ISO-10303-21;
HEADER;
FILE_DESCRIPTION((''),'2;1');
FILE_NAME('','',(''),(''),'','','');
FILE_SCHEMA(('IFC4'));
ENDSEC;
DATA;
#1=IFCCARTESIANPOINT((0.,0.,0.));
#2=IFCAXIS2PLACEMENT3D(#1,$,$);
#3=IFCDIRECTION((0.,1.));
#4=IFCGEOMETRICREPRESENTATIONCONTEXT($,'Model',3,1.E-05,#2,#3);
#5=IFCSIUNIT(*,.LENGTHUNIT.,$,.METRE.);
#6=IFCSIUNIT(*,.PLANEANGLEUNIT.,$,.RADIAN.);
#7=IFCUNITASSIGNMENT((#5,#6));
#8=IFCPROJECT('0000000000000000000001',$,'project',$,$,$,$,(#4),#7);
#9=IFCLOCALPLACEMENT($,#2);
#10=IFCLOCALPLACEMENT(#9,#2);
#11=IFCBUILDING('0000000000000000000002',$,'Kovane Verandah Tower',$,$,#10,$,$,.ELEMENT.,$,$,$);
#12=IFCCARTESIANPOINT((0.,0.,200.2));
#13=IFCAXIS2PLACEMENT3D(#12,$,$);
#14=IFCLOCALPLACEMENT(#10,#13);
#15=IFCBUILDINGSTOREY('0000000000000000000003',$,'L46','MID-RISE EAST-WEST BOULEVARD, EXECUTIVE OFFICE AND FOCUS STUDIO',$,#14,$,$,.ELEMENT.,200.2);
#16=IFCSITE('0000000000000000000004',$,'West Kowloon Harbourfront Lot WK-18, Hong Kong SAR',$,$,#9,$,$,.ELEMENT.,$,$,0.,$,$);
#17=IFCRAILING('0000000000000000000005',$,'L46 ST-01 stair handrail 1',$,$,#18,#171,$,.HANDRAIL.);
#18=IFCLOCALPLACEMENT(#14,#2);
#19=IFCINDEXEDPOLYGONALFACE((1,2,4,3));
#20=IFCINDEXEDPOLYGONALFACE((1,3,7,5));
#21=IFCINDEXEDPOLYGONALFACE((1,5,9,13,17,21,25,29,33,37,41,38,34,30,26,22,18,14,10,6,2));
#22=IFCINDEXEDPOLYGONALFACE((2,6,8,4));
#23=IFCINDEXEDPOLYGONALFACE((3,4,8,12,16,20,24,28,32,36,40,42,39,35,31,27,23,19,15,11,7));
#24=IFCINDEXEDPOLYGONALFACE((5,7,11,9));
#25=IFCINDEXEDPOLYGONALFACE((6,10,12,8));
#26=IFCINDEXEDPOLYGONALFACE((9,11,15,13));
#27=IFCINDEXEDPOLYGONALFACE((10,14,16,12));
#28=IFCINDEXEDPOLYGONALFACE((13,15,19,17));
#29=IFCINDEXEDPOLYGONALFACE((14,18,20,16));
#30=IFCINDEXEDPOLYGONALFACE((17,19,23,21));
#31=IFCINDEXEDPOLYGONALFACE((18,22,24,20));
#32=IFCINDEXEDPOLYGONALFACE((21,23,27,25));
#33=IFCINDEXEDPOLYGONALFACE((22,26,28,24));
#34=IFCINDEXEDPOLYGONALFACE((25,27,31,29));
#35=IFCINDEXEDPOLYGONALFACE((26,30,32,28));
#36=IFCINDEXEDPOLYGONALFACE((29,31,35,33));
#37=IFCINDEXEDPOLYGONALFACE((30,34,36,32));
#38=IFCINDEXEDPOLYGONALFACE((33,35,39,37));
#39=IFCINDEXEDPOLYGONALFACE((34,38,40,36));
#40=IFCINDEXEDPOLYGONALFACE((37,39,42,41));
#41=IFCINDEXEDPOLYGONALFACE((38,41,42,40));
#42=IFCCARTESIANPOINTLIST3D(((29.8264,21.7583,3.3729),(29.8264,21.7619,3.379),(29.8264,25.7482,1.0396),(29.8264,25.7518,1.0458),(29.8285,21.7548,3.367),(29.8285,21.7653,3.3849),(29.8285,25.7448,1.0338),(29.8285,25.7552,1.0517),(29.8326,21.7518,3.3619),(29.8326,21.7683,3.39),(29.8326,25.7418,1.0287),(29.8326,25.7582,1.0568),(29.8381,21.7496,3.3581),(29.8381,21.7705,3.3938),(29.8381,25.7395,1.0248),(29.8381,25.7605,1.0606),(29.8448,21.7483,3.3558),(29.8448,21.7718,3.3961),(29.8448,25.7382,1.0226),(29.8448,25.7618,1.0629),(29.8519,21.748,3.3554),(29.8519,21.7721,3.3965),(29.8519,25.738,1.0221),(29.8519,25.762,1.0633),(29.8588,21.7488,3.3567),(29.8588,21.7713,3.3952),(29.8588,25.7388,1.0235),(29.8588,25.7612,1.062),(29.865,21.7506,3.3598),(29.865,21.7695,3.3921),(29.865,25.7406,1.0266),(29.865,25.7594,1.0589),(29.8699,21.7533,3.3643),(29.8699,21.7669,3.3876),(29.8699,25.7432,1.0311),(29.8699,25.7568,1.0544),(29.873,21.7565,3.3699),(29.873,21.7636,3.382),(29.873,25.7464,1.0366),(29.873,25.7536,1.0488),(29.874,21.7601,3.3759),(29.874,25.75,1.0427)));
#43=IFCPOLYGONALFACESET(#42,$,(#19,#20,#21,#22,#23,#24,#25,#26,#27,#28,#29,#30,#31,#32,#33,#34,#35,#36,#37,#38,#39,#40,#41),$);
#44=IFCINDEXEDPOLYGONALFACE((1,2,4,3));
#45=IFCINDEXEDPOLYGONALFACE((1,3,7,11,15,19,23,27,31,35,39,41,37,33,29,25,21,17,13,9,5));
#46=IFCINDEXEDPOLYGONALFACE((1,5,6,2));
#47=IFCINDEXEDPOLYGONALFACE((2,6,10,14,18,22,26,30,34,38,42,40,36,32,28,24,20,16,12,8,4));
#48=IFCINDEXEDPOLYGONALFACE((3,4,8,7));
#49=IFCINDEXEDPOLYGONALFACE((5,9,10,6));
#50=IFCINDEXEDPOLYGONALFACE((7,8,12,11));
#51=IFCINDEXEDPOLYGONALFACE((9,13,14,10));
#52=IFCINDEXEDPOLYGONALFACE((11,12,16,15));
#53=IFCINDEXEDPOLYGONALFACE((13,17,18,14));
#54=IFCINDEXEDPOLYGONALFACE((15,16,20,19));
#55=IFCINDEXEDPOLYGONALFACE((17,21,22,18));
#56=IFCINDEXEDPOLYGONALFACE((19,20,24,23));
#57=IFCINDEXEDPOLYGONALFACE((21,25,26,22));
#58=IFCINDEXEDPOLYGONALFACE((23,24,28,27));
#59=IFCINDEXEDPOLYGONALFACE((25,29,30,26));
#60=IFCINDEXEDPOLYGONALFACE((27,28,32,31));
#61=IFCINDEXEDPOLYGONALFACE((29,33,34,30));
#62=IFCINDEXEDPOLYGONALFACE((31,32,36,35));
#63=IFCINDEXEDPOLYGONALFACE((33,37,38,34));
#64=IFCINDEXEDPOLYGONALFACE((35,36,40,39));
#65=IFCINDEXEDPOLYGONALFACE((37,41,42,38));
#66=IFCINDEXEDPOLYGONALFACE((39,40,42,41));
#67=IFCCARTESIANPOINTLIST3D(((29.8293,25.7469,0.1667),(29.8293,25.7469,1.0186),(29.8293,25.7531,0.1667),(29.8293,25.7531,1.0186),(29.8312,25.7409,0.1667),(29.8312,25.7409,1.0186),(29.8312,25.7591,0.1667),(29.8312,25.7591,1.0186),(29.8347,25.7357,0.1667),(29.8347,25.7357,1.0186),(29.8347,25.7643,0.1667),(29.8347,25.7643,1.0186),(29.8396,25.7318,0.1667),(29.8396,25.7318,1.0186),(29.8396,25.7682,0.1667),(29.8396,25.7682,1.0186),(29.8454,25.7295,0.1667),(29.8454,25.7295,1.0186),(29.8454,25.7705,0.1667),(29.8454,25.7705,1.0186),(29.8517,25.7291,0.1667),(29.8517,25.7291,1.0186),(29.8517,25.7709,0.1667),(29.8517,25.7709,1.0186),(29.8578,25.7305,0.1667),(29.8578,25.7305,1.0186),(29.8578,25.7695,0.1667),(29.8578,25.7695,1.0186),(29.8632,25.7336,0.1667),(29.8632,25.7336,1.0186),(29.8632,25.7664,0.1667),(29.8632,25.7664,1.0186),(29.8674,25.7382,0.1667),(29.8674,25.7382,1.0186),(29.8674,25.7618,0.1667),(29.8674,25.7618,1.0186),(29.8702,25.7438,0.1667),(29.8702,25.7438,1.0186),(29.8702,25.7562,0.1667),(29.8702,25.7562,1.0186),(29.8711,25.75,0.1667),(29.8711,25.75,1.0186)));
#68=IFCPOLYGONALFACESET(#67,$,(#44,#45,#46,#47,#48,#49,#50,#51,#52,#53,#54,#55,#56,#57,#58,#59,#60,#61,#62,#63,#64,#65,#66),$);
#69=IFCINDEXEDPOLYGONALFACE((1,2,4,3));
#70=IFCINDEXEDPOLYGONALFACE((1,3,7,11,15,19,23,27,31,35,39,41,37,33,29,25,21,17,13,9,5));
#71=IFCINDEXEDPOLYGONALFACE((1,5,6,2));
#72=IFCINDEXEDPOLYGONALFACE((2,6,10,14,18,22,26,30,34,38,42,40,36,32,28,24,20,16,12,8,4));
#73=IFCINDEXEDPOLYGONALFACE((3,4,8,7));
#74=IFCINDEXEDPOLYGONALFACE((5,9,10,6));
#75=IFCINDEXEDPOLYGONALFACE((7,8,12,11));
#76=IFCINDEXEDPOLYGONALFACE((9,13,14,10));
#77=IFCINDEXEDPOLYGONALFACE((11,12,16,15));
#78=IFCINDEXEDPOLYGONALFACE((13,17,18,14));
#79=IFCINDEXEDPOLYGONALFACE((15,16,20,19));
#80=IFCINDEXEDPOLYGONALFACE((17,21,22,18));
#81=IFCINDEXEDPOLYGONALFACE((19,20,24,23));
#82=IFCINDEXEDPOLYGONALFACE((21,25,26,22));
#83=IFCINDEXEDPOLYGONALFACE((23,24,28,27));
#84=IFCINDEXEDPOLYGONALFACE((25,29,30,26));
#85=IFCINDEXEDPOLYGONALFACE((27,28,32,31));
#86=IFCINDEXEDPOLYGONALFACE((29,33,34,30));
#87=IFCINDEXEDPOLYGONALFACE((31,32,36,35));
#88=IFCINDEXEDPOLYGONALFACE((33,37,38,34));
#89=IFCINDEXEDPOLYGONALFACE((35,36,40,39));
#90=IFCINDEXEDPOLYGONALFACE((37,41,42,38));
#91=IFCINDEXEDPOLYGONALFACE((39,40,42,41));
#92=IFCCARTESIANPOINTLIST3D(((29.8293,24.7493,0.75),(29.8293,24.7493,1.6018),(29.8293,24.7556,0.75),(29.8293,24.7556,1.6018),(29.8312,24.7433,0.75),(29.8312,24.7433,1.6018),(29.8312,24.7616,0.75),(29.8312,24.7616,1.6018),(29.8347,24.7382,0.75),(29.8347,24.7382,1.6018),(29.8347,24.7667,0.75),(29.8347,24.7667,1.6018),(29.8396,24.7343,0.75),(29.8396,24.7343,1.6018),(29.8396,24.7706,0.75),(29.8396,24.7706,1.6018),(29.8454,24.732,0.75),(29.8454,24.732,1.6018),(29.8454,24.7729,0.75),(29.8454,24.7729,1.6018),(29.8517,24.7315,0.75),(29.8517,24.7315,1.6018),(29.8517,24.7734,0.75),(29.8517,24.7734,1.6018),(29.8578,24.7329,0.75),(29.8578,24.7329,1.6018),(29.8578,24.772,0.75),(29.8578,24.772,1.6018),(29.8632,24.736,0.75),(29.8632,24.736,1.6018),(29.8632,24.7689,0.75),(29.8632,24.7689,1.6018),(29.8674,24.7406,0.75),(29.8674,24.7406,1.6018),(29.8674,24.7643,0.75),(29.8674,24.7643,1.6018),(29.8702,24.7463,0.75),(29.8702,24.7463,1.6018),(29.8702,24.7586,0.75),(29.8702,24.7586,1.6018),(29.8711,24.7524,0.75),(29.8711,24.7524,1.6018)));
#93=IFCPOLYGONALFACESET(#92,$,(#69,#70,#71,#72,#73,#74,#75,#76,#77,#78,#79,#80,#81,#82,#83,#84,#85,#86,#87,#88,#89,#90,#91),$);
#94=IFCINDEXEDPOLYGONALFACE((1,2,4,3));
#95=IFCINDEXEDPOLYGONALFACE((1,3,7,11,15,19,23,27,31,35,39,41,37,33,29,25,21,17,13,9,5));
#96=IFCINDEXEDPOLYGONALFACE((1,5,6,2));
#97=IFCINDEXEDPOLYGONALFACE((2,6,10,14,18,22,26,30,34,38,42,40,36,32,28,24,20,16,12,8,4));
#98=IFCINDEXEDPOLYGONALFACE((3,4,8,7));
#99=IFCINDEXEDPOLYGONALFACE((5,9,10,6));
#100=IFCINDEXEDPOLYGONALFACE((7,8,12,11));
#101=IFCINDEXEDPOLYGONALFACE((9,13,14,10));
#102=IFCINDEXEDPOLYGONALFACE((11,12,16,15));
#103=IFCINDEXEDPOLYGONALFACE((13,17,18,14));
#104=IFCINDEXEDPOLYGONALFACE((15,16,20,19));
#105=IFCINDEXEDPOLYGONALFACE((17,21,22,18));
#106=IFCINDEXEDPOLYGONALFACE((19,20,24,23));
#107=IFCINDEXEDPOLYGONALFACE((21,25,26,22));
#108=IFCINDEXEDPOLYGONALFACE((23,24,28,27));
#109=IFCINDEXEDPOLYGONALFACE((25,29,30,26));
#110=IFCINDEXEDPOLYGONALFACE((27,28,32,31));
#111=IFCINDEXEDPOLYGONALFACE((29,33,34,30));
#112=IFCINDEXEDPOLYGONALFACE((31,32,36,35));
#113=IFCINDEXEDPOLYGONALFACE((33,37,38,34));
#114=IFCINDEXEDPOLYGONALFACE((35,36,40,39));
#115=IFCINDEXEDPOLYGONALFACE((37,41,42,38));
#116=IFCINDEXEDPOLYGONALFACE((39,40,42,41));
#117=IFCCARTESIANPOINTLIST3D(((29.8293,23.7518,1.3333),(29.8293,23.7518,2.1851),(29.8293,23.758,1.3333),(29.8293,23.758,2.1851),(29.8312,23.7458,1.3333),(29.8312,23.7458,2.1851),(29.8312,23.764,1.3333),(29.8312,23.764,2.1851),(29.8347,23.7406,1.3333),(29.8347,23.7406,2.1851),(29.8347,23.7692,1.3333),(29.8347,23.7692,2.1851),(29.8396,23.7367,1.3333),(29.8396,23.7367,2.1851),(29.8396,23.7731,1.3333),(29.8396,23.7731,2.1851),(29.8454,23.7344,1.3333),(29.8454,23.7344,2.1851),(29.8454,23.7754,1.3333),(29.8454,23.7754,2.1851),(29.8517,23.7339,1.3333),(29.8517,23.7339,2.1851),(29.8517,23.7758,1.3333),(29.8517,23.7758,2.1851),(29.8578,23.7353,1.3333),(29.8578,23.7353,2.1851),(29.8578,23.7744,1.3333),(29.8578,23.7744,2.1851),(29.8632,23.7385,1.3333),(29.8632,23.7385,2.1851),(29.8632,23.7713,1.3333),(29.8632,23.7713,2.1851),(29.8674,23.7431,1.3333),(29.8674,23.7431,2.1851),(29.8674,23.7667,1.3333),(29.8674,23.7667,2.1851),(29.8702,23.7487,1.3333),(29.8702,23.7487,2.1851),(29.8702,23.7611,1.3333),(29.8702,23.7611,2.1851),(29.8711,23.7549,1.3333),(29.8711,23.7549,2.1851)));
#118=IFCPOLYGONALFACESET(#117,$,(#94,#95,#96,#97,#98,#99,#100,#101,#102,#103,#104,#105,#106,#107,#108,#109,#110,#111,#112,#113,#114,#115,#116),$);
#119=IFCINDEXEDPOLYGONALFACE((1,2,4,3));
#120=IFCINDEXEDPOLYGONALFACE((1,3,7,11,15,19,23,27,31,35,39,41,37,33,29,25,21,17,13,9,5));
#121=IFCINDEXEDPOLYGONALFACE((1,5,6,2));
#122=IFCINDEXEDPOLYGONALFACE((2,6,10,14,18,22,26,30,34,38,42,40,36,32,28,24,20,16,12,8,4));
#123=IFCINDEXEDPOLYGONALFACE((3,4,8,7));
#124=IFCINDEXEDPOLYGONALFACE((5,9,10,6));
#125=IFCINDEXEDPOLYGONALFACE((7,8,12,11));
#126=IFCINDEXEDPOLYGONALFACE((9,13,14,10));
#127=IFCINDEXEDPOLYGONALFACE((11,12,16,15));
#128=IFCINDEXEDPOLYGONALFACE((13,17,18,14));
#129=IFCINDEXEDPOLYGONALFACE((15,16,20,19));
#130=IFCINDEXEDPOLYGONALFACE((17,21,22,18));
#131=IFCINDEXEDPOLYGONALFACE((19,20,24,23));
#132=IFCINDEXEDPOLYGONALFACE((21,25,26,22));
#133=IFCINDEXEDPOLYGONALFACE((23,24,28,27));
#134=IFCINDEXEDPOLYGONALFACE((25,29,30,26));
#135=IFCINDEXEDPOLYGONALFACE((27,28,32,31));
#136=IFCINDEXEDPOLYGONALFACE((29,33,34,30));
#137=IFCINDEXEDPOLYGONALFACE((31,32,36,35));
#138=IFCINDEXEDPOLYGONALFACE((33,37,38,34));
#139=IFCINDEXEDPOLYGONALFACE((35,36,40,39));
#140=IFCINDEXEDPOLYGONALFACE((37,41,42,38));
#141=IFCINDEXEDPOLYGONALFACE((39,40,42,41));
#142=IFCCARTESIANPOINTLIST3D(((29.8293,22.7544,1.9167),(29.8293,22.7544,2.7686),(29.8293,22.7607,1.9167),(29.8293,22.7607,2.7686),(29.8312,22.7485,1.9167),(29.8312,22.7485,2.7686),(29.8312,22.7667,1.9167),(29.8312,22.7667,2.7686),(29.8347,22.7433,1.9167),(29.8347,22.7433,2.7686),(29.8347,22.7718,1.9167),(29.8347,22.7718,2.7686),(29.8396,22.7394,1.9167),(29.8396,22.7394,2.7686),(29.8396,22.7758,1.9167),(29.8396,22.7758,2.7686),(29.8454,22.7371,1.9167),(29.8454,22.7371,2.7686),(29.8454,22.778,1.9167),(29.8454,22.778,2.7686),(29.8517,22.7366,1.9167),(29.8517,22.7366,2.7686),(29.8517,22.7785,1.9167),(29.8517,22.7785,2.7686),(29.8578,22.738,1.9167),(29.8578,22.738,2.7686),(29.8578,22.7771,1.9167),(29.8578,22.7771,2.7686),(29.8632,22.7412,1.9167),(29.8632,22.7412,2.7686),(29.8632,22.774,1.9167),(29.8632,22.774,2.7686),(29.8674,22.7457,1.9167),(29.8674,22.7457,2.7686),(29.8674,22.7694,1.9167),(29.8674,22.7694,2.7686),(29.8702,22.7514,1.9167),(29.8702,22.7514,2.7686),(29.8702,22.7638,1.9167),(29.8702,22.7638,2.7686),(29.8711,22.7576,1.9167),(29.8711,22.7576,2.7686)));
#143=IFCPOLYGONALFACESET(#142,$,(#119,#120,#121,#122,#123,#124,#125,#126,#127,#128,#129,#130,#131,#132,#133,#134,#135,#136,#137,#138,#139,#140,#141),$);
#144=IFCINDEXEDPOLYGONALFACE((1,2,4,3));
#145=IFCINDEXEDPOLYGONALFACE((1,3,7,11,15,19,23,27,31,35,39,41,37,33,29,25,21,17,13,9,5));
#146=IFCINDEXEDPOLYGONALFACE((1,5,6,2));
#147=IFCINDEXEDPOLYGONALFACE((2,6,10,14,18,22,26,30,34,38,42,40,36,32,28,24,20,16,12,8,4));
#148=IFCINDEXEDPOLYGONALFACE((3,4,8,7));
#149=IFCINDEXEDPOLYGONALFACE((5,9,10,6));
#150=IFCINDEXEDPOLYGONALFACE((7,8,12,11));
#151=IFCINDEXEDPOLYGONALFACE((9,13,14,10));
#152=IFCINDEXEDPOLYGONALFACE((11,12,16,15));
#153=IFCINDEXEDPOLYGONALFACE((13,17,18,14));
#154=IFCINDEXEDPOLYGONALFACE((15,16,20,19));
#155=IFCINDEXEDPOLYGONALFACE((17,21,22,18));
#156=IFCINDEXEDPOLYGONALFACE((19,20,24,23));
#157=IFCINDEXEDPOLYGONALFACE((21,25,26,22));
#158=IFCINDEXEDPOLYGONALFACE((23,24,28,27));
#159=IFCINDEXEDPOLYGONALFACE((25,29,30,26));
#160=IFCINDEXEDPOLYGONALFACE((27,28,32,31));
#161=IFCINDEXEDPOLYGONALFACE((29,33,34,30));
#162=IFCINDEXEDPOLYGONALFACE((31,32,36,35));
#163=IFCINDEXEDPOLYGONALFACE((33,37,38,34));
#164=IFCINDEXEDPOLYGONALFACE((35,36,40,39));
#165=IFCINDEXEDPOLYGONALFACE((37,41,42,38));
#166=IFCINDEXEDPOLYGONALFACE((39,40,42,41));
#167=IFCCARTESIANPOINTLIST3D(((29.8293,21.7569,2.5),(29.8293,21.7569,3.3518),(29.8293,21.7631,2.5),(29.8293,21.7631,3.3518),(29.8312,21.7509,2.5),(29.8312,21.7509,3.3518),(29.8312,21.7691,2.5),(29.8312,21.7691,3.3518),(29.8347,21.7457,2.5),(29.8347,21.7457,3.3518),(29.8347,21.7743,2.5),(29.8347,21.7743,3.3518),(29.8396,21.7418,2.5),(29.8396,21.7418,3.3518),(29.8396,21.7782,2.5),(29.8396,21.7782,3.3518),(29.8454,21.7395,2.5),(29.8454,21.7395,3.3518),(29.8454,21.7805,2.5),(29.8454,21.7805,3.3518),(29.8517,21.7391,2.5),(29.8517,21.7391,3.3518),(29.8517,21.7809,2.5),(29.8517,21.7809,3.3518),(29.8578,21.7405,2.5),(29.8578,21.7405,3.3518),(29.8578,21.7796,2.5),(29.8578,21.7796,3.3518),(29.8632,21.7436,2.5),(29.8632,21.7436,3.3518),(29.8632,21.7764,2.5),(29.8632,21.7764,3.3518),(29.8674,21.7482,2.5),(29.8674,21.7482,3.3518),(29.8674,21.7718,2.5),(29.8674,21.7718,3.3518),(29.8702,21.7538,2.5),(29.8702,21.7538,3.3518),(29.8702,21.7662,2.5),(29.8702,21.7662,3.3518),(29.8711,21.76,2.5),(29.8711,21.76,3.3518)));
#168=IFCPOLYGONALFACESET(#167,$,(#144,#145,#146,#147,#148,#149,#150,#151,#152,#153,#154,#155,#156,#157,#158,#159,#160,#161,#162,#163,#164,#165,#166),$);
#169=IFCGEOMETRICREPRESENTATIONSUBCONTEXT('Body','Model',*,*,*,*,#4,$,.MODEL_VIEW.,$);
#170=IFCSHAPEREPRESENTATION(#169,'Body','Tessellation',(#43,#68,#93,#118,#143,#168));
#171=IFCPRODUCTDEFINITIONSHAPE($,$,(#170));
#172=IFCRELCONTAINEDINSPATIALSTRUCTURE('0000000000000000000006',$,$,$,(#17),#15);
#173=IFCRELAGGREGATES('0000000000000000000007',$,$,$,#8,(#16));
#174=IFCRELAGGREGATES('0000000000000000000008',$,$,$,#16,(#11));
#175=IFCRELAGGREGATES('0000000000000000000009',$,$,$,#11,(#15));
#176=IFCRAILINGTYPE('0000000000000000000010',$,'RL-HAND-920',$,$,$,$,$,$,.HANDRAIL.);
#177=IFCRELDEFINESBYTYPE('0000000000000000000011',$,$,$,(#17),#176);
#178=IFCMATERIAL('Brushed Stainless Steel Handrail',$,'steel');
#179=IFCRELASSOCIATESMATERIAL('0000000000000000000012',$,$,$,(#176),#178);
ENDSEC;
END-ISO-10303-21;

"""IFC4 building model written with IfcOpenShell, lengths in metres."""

from ifc_helpers import new_model, si_unit, direction, frame, origin, origin_2d, place, context, subcontext, project, spatial, circle, extrude, material, type_object, element, save


model = new_model("IFC4")

# Units and contexts
model_context = context("Model", 3, precision=1e-05, world=origin(), true_north=direction((0.0, 1.0)))
body_context = subcontext(model_context, "Body", "Model", "MODEL_VIEW")
ifc_project = project(units=[si_unit("LENGTHUNIT", "METRE"), si_unit("PLANEANGLEUNIT", "RADIAN")], contexts=[model_context])

# Site, building, storey
site_placement = place(None, origin())
site = spatial("IfcSite", under=ifc_project, at=site_placement, Name="West Kowloon Harbourfront Lot WK-18, Hong Kong SAR", CompositionType="ELEMENT", RefElevation=0.0)
building_placement = place(site_placement, origin())
building = spatial("IfcBuilding", under=site, at=building_placement, Name="Kovane Verandah Tower", CompositionType="ELEMENT")
storey_placement = place(building_placement, frame((0.0, 0.0, 200.2)))
storey = spatial("IfcBuildingStorey", under=building, at=storey_placement, Name="L46", Description="MID-RISE EAST-WEST BOULEVARD, EXECUTIVE OFFICE AND FOCUS STUDIO", CompositionType="ELEMENT", Elevation=200.2)

# Railing
ifc_material_1 = material(Name="Brushed Stainless Steel Handrail", Category="steel")
railing_type_1 = type_object("IfcRailingType", Name="RL-HAND-920", PredefinedType="HANDRAIL", material=ifc_material_1)
railing_1_placement = place(storey_placement, frame((29.8501, 25.75, 0.1667)))
element("IfcRailing", 1, at=railing_1_placement, inside=storey, type_object=railing_type_1, Name="L46 ST-01 stair handrail 1", PredefinedType="HANDRAIL", context=body_context, shape_type="SweptSolid", body=[
    extrude(circle(Radius=0.0239, at=origin_2d()), frame((0.0, 0.0, 0.876), z_axis=(0.0, -0.863236, 0.5048), x_axis=(1.0, 0.0, 0.0)), (0.0, 0.0, 1.0), 4.6221),
    extrude(circle(Radius=0.021, at=origin_2d()), origin(), (0.0, 0.0, 1.0), 0.8518),
    extrude(circle(Radius=0.021, at=origin_2d()), frame((0.0, -0.9976, 0.5833)), (0.0, 0.0, 1.0), 0.8518),
    extrude(circle(Radius=0.021, at=origin_2d()), frame((0.0, -1.9951, 1.1665)), (0.0, 0.0, 1.0), 0.8518),
    extrude(circle(Radius=0.021, at=origin_2d()), frame((0.0, -2.9924, 1.75)), (0.0, 0.0, 1.0), 0.8518),
    extrude(circle(Radius=0.021, at=origin_2d()), frame((0.0, -3.99, 2.3333)), (0.0, 0.0, 1.0), 0.8518),
])

save(model, "model.ifc")
